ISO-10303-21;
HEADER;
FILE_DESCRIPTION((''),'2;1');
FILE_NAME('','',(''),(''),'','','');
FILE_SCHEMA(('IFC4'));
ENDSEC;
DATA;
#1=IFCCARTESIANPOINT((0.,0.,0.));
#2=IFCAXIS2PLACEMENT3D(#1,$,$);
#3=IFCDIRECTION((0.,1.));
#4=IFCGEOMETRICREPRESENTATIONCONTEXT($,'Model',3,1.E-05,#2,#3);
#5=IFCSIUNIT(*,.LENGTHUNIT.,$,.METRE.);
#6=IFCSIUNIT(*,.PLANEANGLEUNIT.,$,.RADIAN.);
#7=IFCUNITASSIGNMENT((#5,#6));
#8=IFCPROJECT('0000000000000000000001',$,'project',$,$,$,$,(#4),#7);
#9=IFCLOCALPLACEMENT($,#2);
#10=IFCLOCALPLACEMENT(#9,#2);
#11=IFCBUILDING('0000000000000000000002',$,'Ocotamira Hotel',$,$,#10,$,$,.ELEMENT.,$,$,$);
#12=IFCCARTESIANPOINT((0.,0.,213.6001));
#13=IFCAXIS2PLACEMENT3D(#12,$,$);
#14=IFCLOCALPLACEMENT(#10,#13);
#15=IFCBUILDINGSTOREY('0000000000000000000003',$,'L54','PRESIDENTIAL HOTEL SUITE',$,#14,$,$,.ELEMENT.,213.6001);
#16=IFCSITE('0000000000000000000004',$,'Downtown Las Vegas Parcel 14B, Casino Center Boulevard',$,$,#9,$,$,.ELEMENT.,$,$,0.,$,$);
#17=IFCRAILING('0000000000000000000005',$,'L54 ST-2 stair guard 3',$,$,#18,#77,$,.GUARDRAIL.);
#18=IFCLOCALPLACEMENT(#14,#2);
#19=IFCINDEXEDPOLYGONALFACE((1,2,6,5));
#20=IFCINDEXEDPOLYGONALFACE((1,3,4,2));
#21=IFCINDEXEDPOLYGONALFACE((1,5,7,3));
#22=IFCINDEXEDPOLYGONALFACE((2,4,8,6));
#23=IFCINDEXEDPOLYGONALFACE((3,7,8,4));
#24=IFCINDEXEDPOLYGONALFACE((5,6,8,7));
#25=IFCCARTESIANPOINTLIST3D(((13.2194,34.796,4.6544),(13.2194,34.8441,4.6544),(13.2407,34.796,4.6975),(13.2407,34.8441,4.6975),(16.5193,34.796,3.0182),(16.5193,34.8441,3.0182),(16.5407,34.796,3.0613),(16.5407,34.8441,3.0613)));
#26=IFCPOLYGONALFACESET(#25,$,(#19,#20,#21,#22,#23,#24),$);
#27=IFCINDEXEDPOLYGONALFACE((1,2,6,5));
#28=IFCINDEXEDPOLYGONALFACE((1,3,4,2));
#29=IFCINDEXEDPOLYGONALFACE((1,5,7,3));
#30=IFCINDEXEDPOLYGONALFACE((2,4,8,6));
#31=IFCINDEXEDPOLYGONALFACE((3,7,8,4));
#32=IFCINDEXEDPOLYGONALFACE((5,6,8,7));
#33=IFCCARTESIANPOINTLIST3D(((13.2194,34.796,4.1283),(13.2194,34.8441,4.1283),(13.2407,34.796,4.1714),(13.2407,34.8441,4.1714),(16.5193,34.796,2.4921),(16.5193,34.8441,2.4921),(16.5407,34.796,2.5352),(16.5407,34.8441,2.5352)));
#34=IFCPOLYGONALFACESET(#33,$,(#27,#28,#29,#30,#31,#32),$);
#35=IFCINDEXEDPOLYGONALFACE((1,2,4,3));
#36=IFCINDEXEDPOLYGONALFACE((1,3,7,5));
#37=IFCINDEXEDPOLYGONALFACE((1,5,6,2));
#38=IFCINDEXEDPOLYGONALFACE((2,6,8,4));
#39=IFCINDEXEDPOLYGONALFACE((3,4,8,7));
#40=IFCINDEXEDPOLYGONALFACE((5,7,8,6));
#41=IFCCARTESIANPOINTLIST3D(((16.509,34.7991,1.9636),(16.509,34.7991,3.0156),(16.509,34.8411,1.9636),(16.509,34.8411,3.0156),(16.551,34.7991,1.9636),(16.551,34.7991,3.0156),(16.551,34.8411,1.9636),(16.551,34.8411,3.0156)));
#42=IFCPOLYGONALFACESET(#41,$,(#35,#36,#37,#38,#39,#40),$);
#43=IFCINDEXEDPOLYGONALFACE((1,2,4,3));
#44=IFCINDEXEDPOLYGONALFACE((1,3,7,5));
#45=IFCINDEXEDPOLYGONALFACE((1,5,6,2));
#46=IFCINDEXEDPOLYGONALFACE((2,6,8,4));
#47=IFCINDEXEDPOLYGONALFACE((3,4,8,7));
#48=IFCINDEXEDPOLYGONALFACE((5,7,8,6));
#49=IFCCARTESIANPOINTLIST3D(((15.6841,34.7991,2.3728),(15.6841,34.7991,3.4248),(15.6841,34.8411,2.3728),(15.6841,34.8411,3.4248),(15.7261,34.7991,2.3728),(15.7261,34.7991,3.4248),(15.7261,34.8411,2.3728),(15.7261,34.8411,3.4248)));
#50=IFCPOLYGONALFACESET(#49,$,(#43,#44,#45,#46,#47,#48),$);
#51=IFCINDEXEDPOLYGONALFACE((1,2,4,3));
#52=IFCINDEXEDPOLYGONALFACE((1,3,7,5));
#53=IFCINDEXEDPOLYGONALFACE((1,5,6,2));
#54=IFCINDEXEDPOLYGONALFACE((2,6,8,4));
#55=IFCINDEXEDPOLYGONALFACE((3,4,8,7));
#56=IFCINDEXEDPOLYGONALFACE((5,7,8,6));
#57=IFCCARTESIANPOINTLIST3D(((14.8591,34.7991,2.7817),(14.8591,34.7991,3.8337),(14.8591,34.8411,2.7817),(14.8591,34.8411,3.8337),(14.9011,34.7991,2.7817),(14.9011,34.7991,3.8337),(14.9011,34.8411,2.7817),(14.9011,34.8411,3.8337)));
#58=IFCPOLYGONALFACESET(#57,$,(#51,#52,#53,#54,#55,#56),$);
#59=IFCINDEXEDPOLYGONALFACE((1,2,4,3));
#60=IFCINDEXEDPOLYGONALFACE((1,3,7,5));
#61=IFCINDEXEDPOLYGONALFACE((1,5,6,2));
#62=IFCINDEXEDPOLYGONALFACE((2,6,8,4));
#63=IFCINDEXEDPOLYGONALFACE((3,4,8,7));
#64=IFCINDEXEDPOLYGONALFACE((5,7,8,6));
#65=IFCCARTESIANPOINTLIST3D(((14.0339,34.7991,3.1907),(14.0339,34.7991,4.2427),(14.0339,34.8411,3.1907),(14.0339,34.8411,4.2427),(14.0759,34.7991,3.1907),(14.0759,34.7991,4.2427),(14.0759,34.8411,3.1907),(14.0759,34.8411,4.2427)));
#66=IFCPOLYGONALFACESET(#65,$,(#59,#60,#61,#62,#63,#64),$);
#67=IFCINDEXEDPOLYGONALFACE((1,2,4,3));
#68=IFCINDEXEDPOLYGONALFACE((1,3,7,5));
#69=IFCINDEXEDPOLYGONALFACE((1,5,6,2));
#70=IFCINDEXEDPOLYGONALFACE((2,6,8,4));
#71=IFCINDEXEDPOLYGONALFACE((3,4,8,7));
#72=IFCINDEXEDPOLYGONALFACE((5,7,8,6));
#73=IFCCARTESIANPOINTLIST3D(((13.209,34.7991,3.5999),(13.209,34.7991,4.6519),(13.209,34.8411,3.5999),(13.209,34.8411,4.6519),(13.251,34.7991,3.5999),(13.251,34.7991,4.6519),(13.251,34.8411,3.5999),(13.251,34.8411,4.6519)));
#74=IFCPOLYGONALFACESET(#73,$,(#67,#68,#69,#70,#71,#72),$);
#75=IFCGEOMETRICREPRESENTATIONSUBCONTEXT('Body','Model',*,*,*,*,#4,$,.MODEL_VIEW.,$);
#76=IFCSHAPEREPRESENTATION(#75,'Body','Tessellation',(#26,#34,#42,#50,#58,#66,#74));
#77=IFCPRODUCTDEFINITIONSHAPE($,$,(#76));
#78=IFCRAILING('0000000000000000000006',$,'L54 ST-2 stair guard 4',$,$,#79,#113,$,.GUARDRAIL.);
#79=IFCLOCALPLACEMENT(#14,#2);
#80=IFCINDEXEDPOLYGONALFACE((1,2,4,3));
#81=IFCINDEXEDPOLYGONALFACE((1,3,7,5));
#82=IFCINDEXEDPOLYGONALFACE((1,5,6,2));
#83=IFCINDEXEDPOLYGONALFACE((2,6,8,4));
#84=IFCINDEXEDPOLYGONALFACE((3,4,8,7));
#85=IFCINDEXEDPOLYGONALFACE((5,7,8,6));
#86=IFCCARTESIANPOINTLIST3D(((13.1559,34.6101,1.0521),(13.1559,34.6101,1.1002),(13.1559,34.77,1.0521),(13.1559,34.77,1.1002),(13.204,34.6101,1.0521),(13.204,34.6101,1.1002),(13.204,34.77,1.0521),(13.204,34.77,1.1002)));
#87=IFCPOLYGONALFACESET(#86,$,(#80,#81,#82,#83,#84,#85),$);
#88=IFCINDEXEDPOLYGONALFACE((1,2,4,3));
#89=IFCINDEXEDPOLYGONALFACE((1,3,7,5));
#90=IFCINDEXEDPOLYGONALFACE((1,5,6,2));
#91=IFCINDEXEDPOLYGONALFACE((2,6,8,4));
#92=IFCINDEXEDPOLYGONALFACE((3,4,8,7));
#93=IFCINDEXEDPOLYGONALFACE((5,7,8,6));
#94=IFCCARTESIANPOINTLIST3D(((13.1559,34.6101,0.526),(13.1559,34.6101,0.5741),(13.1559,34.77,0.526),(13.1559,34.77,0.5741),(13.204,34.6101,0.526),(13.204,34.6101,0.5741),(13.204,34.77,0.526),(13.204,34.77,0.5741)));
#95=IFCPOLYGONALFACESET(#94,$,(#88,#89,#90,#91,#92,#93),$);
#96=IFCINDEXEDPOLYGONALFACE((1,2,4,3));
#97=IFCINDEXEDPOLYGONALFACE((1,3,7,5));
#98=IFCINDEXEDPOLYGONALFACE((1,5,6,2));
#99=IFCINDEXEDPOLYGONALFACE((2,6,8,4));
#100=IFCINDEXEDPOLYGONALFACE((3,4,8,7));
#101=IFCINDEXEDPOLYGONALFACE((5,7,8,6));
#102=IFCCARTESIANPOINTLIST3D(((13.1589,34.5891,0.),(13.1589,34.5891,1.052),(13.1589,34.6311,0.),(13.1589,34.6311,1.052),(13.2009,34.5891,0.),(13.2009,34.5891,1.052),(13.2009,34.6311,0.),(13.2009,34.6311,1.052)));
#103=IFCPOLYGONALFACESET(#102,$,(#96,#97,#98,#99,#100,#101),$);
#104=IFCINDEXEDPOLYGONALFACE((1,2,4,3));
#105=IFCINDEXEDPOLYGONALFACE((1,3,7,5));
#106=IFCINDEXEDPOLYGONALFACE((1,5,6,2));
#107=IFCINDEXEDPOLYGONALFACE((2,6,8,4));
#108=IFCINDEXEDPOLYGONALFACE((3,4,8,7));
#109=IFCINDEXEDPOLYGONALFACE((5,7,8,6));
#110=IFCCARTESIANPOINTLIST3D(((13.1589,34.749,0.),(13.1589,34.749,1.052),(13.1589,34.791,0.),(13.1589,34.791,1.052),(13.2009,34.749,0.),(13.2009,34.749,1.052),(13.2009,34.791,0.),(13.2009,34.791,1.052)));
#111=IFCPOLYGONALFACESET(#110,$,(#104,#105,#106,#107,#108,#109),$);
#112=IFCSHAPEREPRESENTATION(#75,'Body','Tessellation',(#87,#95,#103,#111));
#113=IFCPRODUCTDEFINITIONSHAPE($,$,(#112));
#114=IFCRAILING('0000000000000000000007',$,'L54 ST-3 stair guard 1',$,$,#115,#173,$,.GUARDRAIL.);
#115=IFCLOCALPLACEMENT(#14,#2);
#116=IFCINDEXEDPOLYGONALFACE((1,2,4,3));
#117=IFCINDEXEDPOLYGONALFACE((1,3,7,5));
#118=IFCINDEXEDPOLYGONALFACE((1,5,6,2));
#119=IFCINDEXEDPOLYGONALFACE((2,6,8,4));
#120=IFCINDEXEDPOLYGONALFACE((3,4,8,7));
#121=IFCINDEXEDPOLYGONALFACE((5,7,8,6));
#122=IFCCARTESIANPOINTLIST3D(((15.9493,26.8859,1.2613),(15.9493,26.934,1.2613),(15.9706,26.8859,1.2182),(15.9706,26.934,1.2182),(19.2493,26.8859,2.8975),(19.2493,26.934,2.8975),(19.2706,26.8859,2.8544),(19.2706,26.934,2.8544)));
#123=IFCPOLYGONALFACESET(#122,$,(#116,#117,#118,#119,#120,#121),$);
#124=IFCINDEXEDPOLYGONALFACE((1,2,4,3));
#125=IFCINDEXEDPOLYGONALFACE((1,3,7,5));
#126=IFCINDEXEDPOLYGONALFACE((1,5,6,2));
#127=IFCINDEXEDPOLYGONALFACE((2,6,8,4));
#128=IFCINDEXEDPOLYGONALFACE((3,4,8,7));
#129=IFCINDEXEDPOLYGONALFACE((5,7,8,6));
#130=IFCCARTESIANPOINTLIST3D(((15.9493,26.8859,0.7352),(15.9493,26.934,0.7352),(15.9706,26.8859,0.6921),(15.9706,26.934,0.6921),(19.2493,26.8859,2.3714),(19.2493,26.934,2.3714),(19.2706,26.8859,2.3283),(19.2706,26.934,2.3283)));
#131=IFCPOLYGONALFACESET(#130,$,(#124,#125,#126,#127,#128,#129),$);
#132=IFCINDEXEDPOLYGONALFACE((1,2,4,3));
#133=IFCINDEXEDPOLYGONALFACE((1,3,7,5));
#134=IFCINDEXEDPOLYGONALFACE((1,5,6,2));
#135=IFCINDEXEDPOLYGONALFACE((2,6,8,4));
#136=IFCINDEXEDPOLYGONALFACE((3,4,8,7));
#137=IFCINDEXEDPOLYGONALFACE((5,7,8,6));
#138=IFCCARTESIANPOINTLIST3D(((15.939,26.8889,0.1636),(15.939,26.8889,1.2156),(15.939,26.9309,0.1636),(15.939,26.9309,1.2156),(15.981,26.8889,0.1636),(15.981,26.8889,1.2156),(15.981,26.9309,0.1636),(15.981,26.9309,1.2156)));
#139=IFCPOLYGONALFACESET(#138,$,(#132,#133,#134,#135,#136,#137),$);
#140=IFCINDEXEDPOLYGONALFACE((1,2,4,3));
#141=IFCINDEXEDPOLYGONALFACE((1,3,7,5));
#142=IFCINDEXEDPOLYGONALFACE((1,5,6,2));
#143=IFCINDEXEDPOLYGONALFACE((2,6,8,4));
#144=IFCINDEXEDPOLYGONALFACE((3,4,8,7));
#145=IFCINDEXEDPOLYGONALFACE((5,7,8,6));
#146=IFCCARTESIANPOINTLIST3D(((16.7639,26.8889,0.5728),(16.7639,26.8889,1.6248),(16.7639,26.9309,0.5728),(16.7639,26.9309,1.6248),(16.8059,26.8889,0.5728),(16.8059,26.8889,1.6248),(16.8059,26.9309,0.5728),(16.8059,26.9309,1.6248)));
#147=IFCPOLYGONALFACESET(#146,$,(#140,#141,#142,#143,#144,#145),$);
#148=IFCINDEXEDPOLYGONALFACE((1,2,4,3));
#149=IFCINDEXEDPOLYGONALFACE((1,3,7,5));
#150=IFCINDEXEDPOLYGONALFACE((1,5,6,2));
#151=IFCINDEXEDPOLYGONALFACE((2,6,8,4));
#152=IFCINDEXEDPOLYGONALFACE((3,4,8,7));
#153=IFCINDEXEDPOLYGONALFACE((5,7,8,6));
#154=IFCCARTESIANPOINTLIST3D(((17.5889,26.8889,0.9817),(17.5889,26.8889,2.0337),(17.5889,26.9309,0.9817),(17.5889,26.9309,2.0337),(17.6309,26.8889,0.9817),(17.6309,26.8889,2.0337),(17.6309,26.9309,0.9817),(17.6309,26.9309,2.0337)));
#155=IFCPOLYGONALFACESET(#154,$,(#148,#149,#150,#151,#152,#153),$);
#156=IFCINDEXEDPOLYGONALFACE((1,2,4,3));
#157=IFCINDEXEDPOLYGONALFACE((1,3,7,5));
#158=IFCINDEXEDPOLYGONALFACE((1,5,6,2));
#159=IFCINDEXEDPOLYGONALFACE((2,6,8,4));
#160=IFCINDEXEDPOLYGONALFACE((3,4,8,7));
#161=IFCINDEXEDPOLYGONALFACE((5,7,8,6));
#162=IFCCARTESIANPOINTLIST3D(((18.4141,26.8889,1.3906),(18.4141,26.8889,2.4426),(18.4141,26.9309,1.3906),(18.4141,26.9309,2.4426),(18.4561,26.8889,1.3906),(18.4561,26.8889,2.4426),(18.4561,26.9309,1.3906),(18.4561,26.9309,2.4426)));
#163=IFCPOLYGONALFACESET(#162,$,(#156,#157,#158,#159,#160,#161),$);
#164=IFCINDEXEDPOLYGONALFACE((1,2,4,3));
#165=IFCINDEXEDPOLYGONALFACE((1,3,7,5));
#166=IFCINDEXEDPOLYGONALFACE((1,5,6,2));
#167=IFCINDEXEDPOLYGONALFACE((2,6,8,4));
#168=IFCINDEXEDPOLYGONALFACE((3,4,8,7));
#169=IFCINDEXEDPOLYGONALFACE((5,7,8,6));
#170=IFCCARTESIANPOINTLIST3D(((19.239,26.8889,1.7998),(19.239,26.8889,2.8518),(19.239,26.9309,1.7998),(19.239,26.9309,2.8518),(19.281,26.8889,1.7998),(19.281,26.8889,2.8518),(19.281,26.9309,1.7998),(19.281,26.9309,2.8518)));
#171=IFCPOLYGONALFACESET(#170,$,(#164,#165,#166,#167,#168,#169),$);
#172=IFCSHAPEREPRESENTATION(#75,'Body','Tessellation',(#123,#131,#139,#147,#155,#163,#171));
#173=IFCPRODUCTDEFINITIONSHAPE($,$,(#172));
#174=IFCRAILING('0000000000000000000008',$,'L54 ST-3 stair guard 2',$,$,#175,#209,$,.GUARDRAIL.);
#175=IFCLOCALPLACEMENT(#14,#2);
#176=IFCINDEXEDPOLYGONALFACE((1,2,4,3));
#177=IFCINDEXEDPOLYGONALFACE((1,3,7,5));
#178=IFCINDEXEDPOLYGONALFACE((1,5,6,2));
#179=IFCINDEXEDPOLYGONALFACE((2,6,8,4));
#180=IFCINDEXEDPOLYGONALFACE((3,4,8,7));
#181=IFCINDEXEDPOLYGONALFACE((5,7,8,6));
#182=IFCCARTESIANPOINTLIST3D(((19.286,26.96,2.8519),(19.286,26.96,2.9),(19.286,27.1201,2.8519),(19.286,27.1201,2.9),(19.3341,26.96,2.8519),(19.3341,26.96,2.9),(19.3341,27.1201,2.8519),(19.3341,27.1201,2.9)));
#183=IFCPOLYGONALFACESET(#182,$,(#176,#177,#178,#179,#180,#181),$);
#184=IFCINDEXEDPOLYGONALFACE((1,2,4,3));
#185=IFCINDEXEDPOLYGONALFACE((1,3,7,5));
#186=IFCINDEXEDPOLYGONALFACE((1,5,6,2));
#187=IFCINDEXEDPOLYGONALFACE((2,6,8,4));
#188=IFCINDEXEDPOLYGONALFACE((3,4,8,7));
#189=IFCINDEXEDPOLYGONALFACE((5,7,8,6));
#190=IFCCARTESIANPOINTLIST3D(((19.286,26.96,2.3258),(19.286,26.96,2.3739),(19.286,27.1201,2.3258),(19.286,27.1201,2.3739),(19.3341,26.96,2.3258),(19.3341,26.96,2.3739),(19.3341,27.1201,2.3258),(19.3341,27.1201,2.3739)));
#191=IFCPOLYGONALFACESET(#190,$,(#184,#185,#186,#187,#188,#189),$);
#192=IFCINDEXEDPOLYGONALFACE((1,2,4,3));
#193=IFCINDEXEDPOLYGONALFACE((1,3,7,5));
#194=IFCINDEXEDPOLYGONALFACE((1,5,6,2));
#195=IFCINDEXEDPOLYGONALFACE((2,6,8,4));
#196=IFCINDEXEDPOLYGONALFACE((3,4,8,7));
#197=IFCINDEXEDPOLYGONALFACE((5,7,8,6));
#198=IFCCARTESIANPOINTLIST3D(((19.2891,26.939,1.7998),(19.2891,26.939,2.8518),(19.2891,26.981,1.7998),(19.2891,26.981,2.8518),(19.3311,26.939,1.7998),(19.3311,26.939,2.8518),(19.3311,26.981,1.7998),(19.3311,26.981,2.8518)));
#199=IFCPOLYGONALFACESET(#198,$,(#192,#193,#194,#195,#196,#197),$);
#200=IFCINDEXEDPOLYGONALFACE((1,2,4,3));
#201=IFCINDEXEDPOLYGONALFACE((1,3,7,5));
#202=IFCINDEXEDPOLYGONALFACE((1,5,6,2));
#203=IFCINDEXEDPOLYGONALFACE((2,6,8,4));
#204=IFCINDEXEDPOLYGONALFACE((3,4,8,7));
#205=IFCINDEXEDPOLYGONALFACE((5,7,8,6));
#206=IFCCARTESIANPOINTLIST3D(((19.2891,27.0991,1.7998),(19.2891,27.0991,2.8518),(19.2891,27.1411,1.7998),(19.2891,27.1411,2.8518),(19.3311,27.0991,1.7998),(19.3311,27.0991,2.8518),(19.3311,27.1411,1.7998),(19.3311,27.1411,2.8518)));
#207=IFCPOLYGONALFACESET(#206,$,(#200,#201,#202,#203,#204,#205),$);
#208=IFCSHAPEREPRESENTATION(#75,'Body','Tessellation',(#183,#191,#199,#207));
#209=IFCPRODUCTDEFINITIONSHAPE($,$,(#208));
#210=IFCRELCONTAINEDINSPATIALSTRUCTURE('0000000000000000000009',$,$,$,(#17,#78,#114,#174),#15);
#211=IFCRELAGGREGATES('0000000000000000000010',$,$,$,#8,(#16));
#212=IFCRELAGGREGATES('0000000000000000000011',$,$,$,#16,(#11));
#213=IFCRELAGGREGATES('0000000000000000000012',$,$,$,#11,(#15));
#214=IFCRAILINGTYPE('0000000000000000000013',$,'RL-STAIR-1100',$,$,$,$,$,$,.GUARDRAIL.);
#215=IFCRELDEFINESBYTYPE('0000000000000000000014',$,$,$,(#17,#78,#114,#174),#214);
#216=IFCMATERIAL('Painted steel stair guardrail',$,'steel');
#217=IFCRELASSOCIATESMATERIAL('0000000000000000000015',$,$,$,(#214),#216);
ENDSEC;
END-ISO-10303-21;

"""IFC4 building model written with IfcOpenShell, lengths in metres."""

from ifc_helpers import new_model, si_unit, direction, frame, origin, origin_2d, place, context, subcontext, project, spatial, rectangle, extrude, material, type_object, element, save


model = new_model("IFC4")

# Units and contexts
model_context = context("Model", 3, precision=1e-05, world=origin(), true_north=direction((0.0, 1.0)))
body_context = subcontext(model_context, "Body", "Model", "MODEL_VIEW")
ifc_project = project(units=[si_unit("LENGTHUNIT", "METRE"), si_unit("PLANEANGLEUNIT", "RADIAN")], contexts=[model_context])

# Site, building, storey
site_placement = place(None, origin())
site = spatial("IfcSite", under=ifc_project, at=site_placement, Name="Downtown Las Vegas Parcel 14B, Casino Center Boulevard", CompositionType="ELEMENT", RefElevation=0.0)
building_placement = place(site_placement, origin())
building = spatial("IfcBuilding", under=site, at=building_placement, Name="Ocotamira Hotel", CompositionType="ELEMENT")
storey_placement = place(building_placement, frame((0.0, 0.0, 213.6001)))
storey = spatial("IfcBuildingStorey", under=building, at=storey_placement, Name="L54", Description="PRESIDENTIAL HOTEL SUITE", CompositionType="ELEMENT", Elevation=213.6001)

# Railings
ifc_material_1 = material(Name="Painted steel stair guardrail", Category="steel")
railing_type_1 = type_object("IfcRailingType", Name="RL-STAIR-1100", PredefinedType="GUARDRAIL", material=ifc_material_1)
railing_1_placement = place(storey_placement, frame((16.53, 34.8201, 1.9636)))
element("IfcRailing", 1, at=railing_1_placement, inside=storey, type_object=railing_type_1, Name="L54 ST-2 stair guard 3", PredefinedType="GUARDRAIL", context=body_context, shape_type="SweptSolid", body=[
    extrude(rectangle(XDim=0.0481, YDim=0.0481, at=origin_2d()), frame((0.0, 0.0, 1.0762), z_axis=(-0.89592, 0.0, 0.444215), x_axis=(0.0, -1.0, 0.0)), (0.0, 0.0, 1.0), 3.6833),
    extrude(rectangle(XDim=0.0481, YDim=0.0481, at=origin_2d()), frame((0.0, 0.0, 0.55), z_axis=(-0.89592, 0.0, 0.444215), x_axis=(0.0, -1.0, 0.0)), (0.0, 0.0, 1.0), 3.6833),
    extrude(rectangle(XDim=0.042, YDim=0.042, at=origin_2d()), origin(), (0.0, 0.0, 1.0), 1.052),
    extrude(rectangle(XDim=0.042, YDim=0.042, at=origin_2d()), frame((-0.825, 0.0, 0.4092)), (0.0, 0.0, 1.0), 1.052),
    extrude(rectangle(XDim=0.042, YDim=0.042, at=origin_2d()), frame((-1.6499, 0.0, 0.8181)), (0.0, 0.0, 1.0), 1.052),
    extrude(rectangle(XDim=0.042, YDim=0.042, at=origin_2d()), frame((-2.4751, 0.0, 1.2271)), (0.0, 0.0, 1.0), 1.052),
    extrude(rectangle(XDim=0.042, YDim=0.042, at=origin_2d()), frame((-3.3, 0.0, 1.6362)), (0.0, 0.0, 1.0), 1.052),
])
railing_2_placement = place(storey_placement, frame((13.1799, 34.6101, 0.0)))
element("IfcRailing", 2, at=railing_2_placement, inside=storey, type_object=railing_type_1, Name="L54 ST-2 stair guard 4", PredefinedType="GUARDRAIL", context=body_context, shape_type="SweptSolid", body=[
    extrude(rectangle(XDim=0.0481, YDim=0.0481, at=origin_2d()), frame((0.0, 0.0, 1.0762), z_axis=(0.0, 1.0, 0.0), x_axis=(-1.0, 0.0, 0.0)), (0.0, 0.0, 1.0), 0.1599),
    extrude(rectangle(XDim=0.0481, YDim=0.0481, at=origin_2d()), frame((0.0, 0.0, 0.55), z_axis=(0.0, 1.0, 0.0), x_axis=(-1.0, 0.0, 0.0)), (0.0, 0.0, 1.0), 0.1599),
    extrude(rectangle(XDim=0.042, YDim=0.042, at=origin_2d()), origin(), (0.0, 0.0, 1.0), 1.052),
    extrude(rectangle(XDim=0.042, YDim=0.042, at=origin_2d()), frame((0.0, 0.1599, 0.0)), (0.0, 0.0, 1.0), 1.052),
])
railing_3_placement = place(storey_placement, frame((15.96, 26.9099, 0.1636)))
element("IfcRailing", 3, at=railing_3_placement, inside=storey, type_object=railing_type_1, Name="L54 ST-3 stair guard 1", PredefinedType="GUARDRAIL", context=body_context, shape_type="SweptSolid", body=[
    extrude(rectangle(XDim=0.0481, YDim=0.0481, at=origin_2d()), frame((0.0, 0.0, 1.0762), z_axis=(0.89592, 0.0, 0.444215), x_axis=(0.0, 1.0, 0.0)), (0.0, 0.0, 1.0), 3.6833),
    extrude(rectangle(XDim=0.0481, YDim=0.0481, at=origin_2d()), frame((0.0, 0.0, 0.55), z_axis=(0.89592, 0.0, 0.444215), x_axis=(0.0, 1.0, 0.0)), (0.0, 0.0, 1.0), 3.6833),
    extrude(rectangle(XDim=0.042, YDim=0.042, at=origin_2d()), origin(), (0.0, 0.0, 1.0), 1.052),
    extrude(rectangle(XDim=0.042, YDim=0.042, at=origin_2d()), frame((0.825, 0.0, 0.4092)), (0.0, 0.0, 1.0), 1.052),
    extrude(rectangle(XDim=0.042, YDim=0.042, at=origin_2d()), frame((1.6499, 0.0, 0.8181)), (0.0, 0.0, 1.0), 1.052),
    extrude(rectangle(XDim=0.042, YDim=0.042, at=origin_2d()), frame((2.4751, 0.0, 1.2271)), (0.0, 0.0, 1.0), 1.052),
    extrude(rectangle(XDim=0.042, YDim=0.042, at=origin_2d()), frame((3.3, 0.0, 1.6362)), (0.0, 0.0, 1.0), 1.052),
])
railing_4_placement = place(storey_placement, frame((19.3101, 26.96, 1.7998)))
element("IfcRailing", 4, at=railing_4_placement, inside=storey, type_object=railing_type_1, Name="L54 ST-3 stair guard 2", PredefinedType="GUARDRAIL", context=body_context, shape_type="SweptSolid", body=[
    extrude(rectangle(XDim=0.0481, YDim=0.0481, at=origin_2d()), frame((0.0, 0.0, 1.0762), z_axis=(0.0, 1.0, 0.0), x_axis=(-1.0, 0.0, 0.0)), (0.0, 0.0, 1.0), 0.1602),
    extrude(rectangle(XDim=0.0481, YDim=0.0481, at=origin_2d()), frame((0.0, 0.0, 0.55), z_axis=(0.0, 1.0, 0.0), x_axis=(-1.0, 0.0, 0.0)), (0.0, 0.0, 1.0), 0.1602),
    extrude(rectangle(XDim=0.042, YDim=0.042, at=origin_2d()), origin(), (0.0, 0.0, 1.0), 1.052),
    extrude(rectangle(XDim=0.042, YDim=0.042, at=origin_2d()), frame((0.0, 0.1602, 0.0)), (0.0, 0.0, 1.0), 1.052),
])

save(model, "model.ifc")
